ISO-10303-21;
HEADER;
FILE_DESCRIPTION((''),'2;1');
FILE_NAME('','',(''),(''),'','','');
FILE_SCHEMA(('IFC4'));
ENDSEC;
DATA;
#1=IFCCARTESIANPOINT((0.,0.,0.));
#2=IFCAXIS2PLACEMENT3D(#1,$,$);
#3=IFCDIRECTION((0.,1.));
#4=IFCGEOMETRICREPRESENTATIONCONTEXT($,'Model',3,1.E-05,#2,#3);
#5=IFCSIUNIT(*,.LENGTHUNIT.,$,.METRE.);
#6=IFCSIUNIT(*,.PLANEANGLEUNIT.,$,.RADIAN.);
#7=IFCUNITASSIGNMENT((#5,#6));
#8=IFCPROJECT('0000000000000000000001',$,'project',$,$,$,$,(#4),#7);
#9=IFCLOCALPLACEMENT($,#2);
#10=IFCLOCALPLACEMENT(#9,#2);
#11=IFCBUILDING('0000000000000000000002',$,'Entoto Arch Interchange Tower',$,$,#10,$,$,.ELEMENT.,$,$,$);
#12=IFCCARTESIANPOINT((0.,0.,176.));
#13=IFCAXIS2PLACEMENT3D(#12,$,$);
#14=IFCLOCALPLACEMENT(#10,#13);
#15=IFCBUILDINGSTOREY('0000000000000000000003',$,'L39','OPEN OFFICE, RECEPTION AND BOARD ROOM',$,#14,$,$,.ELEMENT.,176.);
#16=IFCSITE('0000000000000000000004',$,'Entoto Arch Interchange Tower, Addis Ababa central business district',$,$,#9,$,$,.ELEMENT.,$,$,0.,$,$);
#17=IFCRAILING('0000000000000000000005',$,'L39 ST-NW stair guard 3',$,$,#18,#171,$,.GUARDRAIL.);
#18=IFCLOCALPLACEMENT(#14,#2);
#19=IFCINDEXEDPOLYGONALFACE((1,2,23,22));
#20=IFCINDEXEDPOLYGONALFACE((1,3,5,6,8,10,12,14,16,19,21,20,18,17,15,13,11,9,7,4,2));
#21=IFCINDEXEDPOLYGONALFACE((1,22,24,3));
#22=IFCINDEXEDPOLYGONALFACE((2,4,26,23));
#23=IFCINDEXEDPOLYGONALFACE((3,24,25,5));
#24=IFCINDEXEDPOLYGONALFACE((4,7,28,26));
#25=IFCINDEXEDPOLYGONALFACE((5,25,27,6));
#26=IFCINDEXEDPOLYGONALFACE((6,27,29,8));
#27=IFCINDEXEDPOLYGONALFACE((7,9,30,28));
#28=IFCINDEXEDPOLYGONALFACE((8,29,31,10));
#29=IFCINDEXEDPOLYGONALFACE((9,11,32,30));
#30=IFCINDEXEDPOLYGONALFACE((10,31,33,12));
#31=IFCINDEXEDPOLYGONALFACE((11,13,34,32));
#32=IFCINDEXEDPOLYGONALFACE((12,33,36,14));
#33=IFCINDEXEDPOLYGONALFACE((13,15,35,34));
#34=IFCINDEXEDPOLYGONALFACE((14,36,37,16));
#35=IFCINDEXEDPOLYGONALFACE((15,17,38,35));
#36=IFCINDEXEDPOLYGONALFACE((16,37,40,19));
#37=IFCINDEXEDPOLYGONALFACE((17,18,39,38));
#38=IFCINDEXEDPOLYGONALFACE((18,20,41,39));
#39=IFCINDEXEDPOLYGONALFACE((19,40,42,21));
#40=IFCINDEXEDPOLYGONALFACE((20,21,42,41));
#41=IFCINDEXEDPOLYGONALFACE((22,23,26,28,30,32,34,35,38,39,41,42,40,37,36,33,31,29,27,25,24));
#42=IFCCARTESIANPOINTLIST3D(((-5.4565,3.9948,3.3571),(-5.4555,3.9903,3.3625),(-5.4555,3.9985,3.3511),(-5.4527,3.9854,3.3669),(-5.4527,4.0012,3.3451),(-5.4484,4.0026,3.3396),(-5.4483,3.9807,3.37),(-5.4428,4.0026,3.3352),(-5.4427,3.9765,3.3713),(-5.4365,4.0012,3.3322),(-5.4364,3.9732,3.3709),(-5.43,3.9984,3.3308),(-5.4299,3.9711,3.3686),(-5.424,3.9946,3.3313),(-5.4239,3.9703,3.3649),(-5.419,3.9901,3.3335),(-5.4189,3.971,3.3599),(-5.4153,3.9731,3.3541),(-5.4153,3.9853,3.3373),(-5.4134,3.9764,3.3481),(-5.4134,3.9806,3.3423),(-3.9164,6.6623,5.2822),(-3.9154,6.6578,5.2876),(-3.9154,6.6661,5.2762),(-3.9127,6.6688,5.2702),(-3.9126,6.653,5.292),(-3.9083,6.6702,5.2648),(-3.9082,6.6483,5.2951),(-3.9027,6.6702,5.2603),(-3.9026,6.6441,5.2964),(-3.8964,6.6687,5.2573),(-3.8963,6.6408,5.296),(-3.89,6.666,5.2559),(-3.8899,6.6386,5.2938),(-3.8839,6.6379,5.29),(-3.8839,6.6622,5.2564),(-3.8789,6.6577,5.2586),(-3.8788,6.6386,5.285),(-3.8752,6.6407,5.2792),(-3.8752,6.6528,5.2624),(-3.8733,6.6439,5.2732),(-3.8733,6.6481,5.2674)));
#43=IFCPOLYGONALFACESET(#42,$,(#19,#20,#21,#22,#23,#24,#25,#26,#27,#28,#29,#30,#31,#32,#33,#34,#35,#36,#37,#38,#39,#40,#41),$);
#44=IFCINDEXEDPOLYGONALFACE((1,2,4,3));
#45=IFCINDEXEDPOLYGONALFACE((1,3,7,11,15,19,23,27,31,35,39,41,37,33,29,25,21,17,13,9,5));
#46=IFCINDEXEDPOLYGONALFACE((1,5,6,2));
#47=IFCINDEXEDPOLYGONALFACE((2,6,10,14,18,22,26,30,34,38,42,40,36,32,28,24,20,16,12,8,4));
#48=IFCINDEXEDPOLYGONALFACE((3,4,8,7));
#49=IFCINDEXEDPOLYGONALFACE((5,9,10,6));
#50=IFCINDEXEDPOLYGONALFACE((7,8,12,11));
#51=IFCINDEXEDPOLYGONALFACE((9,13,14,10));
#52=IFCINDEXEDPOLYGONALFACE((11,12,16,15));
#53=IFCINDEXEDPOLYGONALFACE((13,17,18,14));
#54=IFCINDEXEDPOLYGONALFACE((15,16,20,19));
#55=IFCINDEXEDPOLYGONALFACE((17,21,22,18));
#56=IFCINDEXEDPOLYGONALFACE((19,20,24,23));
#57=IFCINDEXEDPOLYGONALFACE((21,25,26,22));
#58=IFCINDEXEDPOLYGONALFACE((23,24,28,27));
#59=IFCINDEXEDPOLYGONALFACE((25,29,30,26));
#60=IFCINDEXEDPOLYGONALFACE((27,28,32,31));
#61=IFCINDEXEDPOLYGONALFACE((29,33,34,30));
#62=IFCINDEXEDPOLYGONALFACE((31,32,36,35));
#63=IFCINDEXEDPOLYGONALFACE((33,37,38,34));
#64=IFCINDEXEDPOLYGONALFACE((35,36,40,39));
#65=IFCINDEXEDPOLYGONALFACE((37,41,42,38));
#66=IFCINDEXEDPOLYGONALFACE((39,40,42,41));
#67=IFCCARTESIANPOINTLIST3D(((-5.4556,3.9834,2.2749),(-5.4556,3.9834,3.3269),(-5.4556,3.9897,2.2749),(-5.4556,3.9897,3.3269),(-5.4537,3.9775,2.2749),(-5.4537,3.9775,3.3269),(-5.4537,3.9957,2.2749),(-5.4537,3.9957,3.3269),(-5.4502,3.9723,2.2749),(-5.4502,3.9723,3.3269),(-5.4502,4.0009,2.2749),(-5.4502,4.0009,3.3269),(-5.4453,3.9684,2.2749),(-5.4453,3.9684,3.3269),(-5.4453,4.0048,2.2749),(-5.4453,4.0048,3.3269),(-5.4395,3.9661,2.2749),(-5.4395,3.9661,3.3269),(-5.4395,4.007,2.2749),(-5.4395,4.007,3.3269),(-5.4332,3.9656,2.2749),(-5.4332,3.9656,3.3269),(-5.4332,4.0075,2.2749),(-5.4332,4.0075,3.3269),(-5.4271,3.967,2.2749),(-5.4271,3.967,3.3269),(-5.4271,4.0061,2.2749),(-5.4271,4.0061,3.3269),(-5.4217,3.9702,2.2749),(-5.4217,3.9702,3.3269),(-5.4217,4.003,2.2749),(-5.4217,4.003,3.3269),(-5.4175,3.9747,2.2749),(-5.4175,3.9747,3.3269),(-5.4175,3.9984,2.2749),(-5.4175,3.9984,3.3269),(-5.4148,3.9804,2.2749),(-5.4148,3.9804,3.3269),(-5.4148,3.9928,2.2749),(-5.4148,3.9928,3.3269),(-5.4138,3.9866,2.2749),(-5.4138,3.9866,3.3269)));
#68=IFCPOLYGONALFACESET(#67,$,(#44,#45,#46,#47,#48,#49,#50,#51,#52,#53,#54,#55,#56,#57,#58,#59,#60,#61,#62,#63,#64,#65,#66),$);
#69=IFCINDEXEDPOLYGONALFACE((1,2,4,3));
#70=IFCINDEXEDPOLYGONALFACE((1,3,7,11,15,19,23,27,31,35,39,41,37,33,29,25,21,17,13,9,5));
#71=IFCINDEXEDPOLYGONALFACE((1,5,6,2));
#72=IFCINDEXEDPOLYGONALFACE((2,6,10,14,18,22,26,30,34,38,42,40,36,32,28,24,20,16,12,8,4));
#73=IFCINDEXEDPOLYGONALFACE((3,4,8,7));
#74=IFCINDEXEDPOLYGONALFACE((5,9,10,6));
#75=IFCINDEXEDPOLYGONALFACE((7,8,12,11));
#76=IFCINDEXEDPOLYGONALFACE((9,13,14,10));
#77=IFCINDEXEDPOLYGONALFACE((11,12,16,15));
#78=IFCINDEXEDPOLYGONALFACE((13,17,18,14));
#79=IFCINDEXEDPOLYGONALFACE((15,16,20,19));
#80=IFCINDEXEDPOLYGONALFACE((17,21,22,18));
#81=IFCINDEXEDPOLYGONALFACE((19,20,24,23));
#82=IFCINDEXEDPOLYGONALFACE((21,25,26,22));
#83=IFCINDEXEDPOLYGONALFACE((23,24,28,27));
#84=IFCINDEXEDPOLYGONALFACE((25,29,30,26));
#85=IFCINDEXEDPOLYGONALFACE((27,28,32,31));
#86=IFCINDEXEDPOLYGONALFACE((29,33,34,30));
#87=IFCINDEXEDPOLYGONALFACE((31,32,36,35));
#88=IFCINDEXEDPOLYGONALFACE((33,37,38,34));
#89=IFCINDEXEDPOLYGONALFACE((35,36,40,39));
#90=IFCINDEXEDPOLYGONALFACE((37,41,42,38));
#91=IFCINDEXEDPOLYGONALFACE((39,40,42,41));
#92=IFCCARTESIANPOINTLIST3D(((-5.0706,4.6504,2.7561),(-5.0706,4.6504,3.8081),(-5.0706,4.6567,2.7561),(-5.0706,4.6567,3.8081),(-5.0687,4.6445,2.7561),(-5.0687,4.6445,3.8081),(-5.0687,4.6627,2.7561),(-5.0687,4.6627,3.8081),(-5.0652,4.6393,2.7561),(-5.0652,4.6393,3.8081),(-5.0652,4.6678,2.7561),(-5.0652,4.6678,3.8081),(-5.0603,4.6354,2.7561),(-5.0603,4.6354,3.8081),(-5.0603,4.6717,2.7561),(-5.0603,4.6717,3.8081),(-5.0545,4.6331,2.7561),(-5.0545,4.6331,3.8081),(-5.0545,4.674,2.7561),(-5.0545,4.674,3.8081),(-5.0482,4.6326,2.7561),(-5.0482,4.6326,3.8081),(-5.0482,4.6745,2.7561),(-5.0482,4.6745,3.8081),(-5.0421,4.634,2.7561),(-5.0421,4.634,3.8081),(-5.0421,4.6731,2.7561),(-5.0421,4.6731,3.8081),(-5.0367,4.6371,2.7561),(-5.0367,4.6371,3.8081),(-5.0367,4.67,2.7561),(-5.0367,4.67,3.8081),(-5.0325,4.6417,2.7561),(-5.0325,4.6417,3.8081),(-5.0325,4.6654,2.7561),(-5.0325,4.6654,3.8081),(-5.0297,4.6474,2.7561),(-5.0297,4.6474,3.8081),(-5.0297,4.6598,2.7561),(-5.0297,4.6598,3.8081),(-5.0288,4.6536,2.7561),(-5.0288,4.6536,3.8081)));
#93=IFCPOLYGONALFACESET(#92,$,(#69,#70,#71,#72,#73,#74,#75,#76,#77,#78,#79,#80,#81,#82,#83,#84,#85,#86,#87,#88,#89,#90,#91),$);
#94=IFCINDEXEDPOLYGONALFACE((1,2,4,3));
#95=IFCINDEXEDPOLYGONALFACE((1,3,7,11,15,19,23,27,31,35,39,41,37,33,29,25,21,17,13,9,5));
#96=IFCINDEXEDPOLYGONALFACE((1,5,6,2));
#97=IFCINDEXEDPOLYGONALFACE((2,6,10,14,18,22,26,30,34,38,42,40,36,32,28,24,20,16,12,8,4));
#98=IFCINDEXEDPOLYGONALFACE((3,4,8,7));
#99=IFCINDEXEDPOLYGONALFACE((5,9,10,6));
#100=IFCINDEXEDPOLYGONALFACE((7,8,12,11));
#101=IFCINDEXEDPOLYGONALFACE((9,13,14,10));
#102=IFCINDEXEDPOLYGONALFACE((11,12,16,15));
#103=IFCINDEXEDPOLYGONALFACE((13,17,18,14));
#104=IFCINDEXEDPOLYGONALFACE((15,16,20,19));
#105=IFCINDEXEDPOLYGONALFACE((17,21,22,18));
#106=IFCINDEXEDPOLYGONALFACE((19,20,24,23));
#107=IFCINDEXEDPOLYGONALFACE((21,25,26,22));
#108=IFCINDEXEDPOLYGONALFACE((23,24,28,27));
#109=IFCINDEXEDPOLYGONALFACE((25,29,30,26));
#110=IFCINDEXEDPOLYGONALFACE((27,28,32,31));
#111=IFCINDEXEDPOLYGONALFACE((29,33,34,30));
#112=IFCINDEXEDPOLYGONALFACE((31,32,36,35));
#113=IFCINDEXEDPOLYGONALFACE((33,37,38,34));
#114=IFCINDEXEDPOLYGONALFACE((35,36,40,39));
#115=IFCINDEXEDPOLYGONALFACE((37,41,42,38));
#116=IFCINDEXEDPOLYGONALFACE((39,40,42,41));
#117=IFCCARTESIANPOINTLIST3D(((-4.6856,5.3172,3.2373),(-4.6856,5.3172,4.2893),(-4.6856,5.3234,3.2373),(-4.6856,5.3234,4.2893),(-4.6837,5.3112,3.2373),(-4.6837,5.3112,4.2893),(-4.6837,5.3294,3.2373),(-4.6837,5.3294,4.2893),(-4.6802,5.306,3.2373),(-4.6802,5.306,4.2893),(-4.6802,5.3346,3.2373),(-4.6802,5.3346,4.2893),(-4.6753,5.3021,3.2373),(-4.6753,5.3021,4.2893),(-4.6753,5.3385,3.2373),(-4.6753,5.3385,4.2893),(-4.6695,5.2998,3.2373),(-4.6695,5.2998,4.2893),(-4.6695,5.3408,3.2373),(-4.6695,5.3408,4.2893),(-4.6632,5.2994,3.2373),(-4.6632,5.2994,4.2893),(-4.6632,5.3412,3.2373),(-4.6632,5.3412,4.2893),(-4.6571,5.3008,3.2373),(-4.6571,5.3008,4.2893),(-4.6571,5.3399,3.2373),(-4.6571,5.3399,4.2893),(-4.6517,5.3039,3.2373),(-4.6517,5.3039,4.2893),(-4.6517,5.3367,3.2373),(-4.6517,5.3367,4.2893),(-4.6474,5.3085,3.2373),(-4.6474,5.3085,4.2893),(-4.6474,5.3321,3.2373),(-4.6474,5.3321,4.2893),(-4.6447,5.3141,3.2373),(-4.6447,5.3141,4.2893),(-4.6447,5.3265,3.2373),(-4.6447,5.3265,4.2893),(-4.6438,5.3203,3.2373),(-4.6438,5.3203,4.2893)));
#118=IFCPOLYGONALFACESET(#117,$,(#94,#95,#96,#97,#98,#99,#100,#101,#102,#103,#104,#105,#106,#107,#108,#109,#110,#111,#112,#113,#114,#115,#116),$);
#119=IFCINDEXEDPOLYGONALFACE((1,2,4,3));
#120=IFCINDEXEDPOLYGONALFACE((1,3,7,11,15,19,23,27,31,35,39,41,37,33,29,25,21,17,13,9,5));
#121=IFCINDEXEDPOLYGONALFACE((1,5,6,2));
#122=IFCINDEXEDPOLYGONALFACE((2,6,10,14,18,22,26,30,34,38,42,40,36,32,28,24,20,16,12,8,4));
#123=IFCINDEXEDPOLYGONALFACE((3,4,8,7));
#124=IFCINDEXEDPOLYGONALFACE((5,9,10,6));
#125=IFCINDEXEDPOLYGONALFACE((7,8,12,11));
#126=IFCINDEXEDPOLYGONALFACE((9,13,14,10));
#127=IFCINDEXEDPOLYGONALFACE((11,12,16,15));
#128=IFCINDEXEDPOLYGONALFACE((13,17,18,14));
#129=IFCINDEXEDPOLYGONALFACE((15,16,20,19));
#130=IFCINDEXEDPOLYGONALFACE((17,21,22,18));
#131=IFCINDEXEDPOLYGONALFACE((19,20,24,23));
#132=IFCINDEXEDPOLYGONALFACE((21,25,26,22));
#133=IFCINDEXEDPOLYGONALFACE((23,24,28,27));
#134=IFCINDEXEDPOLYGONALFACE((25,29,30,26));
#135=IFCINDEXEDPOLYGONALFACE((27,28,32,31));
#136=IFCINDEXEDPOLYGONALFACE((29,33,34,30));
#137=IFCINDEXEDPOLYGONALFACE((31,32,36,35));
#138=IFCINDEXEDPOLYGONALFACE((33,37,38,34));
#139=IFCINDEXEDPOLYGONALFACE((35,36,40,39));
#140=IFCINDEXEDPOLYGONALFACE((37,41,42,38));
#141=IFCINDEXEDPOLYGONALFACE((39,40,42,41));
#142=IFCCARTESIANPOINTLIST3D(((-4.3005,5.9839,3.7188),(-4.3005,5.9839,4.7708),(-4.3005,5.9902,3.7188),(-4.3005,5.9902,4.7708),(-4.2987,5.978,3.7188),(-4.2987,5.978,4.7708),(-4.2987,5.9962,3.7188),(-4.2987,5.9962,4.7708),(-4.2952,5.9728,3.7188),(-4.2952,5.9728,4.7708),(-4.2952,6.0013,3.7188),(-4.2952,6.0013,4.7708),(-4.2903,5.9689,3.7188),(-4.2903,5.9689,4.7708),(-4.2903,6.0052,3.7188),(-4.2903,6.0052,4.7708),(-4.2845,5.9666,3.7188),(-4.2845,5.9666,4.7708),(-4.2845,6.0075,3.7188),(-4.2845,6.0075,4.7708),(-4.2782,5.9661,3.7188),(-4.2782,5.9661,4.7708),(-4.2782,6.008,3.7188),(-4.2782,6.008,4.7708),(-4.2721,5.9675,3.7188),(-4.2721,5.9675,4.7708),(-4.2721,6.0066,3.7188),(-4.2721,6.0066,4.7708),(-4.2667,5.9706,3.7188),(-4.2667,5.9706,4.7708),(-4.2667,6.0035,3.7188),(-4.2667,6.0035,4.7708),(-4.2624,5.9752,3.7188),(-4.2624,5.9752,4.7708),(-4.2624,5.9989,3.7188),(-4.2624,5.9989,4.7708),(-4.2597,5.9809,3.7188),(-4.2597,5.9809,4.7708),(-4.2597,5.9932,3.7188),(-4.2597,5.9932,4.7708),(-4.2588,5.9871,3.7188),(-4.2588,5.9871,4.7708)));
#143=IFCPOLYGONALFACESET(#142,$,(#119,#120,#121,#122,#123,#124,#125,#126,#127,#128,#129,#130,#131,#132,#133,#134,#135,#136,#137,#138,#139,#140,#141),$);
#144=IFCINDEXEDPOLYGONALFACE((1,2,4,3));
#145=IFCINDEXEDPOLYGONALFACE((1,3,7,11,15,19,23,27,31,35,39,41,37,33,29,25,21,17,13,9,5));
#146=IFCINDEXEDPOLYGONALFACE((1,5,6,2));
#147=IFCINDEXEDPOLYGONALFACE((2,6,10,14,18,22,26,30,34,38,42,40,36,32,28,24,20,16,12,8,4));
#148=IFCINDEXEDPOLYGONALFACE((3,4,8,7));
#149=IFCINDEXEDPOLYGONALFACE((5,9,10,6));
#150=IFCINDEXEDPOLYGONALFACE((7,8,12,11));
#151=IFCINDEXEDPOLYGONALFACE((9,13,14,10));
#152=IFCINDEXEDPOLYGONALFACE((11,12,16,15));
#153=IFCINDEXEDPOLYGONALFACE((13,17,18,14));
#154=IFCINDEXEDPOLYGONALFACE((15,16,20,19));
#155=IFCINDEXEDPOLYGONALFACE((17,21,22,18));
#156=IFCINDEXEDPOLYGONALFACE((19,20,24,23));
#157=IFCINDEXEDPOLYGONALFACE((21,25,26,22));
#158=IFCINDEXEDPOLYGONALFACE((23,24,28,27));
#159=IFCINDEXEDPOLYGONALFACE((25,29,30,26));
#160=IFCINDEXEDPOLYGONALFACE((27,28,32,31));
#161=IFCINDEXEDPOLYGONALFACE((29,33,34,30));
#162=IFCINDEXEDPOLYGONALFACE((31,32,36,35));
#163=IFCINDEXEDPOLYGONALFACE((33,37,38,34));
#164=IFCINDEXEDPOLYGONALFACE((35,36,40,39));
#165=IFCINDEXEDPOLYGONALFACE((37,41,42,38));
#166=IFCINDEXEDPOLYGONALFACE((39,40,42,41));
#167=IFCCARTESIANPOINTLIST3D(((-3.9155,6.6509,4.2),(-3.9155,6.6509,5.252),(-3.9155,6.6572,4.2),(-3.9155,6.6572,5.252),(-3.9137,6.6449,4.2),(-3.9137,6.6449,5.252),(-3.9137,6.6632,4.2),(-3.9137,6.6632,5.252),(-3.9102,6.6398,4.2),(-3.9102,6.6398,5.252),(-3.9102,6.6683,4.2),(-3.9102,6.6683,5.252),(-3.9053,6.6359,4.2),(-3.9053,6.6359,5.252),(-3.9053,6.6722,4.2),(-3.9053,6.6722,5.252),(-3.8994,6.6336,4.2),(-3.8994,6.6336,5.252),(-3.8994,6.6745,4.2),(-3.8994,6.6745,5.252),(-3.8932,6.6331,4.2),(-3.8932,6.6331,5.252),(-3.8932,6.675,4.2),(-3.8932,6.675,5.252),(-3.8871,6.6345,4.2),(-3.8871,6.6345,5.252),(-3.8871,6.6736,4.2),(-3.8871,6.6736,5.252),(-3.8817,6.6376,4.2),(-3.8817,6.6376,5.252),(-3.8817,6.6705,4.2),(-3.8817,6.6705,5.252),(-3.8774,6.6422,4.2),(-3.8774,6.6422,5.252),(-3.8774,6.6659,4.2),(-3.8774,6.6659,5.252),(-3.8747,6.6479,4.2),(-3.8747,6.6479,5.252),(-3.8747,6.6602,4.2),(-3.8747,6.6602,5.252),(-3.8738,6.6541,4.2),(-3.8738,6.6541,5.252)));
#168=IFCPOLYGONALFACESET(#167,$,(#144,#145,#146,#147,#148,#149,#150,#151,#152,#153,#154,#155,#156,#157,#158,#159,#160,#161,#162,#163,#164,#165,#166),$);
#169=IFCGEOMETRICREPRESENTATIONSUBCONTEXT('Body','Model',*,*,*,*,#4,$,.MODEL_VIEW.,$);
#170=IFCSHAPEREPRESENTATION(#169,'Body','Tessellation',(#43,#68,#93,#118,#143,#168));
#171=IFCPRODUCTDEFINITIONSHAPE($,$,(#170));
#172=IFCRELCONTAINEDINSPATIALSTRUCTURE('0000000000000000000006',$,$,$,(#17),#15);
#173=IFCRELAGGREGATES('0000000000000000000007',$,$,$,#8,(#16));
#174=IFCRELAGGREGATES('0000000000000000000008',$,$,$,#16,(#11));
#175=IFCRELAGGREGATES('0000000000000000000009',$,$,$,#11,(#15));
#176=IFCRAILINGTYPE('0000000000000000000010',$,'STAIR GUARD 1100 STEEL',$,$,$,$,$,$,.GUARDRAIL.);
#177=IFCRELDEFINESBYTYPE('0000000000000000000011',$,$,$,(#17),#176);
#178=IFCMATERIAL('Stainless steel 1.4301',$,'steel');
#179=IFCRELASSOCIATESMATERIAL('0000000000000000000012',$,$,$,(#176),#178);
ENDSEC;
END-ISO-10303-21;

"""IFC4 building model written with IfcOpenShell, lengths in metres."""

from ifc_helpers import new_model, si_unit, direction, frame, origin, origin_2d, place, context, subcontext, project, spatial, circle, extrude, material, type_object, element, save


model = new_model("IFC4")

# Units and contexts
model_context = context("Model", 3, precision=1e-05, world=origin(), true_north=direction((0.0, 1.0)))
body_context = subcontext(model_context, "Body", "Model", "MODEL_VIEW")
ifc_project = project(units=[si_unit("LENGTHUNIT", "METRE"), si_unit("PLANEANGLEUNIT", "RADIAN")], contexts=[model_context])

# Site, building, storey
site_placement = place(None, origin())
site = spatial("IfcSite", under=ifc_project, at=site_placement, Name="Entoto Arch Interchange Tower, Addis Ababa central business district", CompositionType="ELEMENT", RefElevation=0.0)
building_placement = place(site_placement, origin())
building = spatial("IfcBuilding", under=site, at=building_placement, Name="Entoto Arch Interchange Tower", CompositionType="ELEMENT")
storey_placement = place(building_placement, frame((0.0, 0.0, 176.0)))
storey = spatial("IfcBuildingStorey", under=building, at=storey_placement, Name="L39", Description="OPEN OFFICE, RECEPTION AND BOARD ROOM", CompositionType="ELEMENT", Elevation=176.0)

# Railing
ifc_material_1 = material(Name="Stainless steel 1.4301", Category="steel")
railing_type_1 = type_object("IfcRailingType", Name="STAIR GUARD 1100 STEEL", PredefinedType="GUARDRAIL", material=ifc_material_1)
railing_1_placement = place(storey_placement, frame((-5.4348, 3.9866, 2.2749)))
element("IfcRailing", 1, at=railing_1_placement, inside=storey, type_object=railing_type_1, Name="L39 ST-NW stair guard 3", PredefinedType="GUARDRAIL", context=body_context, shape_type="SweptSolid", body=[
    extrude(circle(Radius=0.0239, at=origin_2d()), frame((0.0, 0.0, 1.0762), z_axis=(0.423994, 0.734395, 0.529993), x_axis=(-0.86603, 0.499992, 0.0)), (0.0, 0.0, 1.0), 3.6323),
    extrude(circle(Radius=0.021, at=origin_2d()), origin(), (0.0, 0.0, 1.0), 1.052),
    extrude(circle(Radius=0.021, at=origin_2d()), frame((0.385, 0.667, 0.4812)), (0.0, 0.0, 1.0), 1.052),
    extrude(circle(Radius=0.021, at=origin_2d()), frame((0.77, 1.3337, 0.9624)), (0.0, 0.0, 1.0), 1.052),
    extrude(circle(Radius=0.021, at=origin_2d()), frame((1.155, 2.0005, 1.4438)), (0.0, 0.0, 1.0), 1.052),
    extrude(circle(Radius=0.021, at=origin_2d()), frame((1.54, 2.6675, 1.925)), (0.0, 0.0, 1.0), 1.052),
])

save(model, "model.ifc")
